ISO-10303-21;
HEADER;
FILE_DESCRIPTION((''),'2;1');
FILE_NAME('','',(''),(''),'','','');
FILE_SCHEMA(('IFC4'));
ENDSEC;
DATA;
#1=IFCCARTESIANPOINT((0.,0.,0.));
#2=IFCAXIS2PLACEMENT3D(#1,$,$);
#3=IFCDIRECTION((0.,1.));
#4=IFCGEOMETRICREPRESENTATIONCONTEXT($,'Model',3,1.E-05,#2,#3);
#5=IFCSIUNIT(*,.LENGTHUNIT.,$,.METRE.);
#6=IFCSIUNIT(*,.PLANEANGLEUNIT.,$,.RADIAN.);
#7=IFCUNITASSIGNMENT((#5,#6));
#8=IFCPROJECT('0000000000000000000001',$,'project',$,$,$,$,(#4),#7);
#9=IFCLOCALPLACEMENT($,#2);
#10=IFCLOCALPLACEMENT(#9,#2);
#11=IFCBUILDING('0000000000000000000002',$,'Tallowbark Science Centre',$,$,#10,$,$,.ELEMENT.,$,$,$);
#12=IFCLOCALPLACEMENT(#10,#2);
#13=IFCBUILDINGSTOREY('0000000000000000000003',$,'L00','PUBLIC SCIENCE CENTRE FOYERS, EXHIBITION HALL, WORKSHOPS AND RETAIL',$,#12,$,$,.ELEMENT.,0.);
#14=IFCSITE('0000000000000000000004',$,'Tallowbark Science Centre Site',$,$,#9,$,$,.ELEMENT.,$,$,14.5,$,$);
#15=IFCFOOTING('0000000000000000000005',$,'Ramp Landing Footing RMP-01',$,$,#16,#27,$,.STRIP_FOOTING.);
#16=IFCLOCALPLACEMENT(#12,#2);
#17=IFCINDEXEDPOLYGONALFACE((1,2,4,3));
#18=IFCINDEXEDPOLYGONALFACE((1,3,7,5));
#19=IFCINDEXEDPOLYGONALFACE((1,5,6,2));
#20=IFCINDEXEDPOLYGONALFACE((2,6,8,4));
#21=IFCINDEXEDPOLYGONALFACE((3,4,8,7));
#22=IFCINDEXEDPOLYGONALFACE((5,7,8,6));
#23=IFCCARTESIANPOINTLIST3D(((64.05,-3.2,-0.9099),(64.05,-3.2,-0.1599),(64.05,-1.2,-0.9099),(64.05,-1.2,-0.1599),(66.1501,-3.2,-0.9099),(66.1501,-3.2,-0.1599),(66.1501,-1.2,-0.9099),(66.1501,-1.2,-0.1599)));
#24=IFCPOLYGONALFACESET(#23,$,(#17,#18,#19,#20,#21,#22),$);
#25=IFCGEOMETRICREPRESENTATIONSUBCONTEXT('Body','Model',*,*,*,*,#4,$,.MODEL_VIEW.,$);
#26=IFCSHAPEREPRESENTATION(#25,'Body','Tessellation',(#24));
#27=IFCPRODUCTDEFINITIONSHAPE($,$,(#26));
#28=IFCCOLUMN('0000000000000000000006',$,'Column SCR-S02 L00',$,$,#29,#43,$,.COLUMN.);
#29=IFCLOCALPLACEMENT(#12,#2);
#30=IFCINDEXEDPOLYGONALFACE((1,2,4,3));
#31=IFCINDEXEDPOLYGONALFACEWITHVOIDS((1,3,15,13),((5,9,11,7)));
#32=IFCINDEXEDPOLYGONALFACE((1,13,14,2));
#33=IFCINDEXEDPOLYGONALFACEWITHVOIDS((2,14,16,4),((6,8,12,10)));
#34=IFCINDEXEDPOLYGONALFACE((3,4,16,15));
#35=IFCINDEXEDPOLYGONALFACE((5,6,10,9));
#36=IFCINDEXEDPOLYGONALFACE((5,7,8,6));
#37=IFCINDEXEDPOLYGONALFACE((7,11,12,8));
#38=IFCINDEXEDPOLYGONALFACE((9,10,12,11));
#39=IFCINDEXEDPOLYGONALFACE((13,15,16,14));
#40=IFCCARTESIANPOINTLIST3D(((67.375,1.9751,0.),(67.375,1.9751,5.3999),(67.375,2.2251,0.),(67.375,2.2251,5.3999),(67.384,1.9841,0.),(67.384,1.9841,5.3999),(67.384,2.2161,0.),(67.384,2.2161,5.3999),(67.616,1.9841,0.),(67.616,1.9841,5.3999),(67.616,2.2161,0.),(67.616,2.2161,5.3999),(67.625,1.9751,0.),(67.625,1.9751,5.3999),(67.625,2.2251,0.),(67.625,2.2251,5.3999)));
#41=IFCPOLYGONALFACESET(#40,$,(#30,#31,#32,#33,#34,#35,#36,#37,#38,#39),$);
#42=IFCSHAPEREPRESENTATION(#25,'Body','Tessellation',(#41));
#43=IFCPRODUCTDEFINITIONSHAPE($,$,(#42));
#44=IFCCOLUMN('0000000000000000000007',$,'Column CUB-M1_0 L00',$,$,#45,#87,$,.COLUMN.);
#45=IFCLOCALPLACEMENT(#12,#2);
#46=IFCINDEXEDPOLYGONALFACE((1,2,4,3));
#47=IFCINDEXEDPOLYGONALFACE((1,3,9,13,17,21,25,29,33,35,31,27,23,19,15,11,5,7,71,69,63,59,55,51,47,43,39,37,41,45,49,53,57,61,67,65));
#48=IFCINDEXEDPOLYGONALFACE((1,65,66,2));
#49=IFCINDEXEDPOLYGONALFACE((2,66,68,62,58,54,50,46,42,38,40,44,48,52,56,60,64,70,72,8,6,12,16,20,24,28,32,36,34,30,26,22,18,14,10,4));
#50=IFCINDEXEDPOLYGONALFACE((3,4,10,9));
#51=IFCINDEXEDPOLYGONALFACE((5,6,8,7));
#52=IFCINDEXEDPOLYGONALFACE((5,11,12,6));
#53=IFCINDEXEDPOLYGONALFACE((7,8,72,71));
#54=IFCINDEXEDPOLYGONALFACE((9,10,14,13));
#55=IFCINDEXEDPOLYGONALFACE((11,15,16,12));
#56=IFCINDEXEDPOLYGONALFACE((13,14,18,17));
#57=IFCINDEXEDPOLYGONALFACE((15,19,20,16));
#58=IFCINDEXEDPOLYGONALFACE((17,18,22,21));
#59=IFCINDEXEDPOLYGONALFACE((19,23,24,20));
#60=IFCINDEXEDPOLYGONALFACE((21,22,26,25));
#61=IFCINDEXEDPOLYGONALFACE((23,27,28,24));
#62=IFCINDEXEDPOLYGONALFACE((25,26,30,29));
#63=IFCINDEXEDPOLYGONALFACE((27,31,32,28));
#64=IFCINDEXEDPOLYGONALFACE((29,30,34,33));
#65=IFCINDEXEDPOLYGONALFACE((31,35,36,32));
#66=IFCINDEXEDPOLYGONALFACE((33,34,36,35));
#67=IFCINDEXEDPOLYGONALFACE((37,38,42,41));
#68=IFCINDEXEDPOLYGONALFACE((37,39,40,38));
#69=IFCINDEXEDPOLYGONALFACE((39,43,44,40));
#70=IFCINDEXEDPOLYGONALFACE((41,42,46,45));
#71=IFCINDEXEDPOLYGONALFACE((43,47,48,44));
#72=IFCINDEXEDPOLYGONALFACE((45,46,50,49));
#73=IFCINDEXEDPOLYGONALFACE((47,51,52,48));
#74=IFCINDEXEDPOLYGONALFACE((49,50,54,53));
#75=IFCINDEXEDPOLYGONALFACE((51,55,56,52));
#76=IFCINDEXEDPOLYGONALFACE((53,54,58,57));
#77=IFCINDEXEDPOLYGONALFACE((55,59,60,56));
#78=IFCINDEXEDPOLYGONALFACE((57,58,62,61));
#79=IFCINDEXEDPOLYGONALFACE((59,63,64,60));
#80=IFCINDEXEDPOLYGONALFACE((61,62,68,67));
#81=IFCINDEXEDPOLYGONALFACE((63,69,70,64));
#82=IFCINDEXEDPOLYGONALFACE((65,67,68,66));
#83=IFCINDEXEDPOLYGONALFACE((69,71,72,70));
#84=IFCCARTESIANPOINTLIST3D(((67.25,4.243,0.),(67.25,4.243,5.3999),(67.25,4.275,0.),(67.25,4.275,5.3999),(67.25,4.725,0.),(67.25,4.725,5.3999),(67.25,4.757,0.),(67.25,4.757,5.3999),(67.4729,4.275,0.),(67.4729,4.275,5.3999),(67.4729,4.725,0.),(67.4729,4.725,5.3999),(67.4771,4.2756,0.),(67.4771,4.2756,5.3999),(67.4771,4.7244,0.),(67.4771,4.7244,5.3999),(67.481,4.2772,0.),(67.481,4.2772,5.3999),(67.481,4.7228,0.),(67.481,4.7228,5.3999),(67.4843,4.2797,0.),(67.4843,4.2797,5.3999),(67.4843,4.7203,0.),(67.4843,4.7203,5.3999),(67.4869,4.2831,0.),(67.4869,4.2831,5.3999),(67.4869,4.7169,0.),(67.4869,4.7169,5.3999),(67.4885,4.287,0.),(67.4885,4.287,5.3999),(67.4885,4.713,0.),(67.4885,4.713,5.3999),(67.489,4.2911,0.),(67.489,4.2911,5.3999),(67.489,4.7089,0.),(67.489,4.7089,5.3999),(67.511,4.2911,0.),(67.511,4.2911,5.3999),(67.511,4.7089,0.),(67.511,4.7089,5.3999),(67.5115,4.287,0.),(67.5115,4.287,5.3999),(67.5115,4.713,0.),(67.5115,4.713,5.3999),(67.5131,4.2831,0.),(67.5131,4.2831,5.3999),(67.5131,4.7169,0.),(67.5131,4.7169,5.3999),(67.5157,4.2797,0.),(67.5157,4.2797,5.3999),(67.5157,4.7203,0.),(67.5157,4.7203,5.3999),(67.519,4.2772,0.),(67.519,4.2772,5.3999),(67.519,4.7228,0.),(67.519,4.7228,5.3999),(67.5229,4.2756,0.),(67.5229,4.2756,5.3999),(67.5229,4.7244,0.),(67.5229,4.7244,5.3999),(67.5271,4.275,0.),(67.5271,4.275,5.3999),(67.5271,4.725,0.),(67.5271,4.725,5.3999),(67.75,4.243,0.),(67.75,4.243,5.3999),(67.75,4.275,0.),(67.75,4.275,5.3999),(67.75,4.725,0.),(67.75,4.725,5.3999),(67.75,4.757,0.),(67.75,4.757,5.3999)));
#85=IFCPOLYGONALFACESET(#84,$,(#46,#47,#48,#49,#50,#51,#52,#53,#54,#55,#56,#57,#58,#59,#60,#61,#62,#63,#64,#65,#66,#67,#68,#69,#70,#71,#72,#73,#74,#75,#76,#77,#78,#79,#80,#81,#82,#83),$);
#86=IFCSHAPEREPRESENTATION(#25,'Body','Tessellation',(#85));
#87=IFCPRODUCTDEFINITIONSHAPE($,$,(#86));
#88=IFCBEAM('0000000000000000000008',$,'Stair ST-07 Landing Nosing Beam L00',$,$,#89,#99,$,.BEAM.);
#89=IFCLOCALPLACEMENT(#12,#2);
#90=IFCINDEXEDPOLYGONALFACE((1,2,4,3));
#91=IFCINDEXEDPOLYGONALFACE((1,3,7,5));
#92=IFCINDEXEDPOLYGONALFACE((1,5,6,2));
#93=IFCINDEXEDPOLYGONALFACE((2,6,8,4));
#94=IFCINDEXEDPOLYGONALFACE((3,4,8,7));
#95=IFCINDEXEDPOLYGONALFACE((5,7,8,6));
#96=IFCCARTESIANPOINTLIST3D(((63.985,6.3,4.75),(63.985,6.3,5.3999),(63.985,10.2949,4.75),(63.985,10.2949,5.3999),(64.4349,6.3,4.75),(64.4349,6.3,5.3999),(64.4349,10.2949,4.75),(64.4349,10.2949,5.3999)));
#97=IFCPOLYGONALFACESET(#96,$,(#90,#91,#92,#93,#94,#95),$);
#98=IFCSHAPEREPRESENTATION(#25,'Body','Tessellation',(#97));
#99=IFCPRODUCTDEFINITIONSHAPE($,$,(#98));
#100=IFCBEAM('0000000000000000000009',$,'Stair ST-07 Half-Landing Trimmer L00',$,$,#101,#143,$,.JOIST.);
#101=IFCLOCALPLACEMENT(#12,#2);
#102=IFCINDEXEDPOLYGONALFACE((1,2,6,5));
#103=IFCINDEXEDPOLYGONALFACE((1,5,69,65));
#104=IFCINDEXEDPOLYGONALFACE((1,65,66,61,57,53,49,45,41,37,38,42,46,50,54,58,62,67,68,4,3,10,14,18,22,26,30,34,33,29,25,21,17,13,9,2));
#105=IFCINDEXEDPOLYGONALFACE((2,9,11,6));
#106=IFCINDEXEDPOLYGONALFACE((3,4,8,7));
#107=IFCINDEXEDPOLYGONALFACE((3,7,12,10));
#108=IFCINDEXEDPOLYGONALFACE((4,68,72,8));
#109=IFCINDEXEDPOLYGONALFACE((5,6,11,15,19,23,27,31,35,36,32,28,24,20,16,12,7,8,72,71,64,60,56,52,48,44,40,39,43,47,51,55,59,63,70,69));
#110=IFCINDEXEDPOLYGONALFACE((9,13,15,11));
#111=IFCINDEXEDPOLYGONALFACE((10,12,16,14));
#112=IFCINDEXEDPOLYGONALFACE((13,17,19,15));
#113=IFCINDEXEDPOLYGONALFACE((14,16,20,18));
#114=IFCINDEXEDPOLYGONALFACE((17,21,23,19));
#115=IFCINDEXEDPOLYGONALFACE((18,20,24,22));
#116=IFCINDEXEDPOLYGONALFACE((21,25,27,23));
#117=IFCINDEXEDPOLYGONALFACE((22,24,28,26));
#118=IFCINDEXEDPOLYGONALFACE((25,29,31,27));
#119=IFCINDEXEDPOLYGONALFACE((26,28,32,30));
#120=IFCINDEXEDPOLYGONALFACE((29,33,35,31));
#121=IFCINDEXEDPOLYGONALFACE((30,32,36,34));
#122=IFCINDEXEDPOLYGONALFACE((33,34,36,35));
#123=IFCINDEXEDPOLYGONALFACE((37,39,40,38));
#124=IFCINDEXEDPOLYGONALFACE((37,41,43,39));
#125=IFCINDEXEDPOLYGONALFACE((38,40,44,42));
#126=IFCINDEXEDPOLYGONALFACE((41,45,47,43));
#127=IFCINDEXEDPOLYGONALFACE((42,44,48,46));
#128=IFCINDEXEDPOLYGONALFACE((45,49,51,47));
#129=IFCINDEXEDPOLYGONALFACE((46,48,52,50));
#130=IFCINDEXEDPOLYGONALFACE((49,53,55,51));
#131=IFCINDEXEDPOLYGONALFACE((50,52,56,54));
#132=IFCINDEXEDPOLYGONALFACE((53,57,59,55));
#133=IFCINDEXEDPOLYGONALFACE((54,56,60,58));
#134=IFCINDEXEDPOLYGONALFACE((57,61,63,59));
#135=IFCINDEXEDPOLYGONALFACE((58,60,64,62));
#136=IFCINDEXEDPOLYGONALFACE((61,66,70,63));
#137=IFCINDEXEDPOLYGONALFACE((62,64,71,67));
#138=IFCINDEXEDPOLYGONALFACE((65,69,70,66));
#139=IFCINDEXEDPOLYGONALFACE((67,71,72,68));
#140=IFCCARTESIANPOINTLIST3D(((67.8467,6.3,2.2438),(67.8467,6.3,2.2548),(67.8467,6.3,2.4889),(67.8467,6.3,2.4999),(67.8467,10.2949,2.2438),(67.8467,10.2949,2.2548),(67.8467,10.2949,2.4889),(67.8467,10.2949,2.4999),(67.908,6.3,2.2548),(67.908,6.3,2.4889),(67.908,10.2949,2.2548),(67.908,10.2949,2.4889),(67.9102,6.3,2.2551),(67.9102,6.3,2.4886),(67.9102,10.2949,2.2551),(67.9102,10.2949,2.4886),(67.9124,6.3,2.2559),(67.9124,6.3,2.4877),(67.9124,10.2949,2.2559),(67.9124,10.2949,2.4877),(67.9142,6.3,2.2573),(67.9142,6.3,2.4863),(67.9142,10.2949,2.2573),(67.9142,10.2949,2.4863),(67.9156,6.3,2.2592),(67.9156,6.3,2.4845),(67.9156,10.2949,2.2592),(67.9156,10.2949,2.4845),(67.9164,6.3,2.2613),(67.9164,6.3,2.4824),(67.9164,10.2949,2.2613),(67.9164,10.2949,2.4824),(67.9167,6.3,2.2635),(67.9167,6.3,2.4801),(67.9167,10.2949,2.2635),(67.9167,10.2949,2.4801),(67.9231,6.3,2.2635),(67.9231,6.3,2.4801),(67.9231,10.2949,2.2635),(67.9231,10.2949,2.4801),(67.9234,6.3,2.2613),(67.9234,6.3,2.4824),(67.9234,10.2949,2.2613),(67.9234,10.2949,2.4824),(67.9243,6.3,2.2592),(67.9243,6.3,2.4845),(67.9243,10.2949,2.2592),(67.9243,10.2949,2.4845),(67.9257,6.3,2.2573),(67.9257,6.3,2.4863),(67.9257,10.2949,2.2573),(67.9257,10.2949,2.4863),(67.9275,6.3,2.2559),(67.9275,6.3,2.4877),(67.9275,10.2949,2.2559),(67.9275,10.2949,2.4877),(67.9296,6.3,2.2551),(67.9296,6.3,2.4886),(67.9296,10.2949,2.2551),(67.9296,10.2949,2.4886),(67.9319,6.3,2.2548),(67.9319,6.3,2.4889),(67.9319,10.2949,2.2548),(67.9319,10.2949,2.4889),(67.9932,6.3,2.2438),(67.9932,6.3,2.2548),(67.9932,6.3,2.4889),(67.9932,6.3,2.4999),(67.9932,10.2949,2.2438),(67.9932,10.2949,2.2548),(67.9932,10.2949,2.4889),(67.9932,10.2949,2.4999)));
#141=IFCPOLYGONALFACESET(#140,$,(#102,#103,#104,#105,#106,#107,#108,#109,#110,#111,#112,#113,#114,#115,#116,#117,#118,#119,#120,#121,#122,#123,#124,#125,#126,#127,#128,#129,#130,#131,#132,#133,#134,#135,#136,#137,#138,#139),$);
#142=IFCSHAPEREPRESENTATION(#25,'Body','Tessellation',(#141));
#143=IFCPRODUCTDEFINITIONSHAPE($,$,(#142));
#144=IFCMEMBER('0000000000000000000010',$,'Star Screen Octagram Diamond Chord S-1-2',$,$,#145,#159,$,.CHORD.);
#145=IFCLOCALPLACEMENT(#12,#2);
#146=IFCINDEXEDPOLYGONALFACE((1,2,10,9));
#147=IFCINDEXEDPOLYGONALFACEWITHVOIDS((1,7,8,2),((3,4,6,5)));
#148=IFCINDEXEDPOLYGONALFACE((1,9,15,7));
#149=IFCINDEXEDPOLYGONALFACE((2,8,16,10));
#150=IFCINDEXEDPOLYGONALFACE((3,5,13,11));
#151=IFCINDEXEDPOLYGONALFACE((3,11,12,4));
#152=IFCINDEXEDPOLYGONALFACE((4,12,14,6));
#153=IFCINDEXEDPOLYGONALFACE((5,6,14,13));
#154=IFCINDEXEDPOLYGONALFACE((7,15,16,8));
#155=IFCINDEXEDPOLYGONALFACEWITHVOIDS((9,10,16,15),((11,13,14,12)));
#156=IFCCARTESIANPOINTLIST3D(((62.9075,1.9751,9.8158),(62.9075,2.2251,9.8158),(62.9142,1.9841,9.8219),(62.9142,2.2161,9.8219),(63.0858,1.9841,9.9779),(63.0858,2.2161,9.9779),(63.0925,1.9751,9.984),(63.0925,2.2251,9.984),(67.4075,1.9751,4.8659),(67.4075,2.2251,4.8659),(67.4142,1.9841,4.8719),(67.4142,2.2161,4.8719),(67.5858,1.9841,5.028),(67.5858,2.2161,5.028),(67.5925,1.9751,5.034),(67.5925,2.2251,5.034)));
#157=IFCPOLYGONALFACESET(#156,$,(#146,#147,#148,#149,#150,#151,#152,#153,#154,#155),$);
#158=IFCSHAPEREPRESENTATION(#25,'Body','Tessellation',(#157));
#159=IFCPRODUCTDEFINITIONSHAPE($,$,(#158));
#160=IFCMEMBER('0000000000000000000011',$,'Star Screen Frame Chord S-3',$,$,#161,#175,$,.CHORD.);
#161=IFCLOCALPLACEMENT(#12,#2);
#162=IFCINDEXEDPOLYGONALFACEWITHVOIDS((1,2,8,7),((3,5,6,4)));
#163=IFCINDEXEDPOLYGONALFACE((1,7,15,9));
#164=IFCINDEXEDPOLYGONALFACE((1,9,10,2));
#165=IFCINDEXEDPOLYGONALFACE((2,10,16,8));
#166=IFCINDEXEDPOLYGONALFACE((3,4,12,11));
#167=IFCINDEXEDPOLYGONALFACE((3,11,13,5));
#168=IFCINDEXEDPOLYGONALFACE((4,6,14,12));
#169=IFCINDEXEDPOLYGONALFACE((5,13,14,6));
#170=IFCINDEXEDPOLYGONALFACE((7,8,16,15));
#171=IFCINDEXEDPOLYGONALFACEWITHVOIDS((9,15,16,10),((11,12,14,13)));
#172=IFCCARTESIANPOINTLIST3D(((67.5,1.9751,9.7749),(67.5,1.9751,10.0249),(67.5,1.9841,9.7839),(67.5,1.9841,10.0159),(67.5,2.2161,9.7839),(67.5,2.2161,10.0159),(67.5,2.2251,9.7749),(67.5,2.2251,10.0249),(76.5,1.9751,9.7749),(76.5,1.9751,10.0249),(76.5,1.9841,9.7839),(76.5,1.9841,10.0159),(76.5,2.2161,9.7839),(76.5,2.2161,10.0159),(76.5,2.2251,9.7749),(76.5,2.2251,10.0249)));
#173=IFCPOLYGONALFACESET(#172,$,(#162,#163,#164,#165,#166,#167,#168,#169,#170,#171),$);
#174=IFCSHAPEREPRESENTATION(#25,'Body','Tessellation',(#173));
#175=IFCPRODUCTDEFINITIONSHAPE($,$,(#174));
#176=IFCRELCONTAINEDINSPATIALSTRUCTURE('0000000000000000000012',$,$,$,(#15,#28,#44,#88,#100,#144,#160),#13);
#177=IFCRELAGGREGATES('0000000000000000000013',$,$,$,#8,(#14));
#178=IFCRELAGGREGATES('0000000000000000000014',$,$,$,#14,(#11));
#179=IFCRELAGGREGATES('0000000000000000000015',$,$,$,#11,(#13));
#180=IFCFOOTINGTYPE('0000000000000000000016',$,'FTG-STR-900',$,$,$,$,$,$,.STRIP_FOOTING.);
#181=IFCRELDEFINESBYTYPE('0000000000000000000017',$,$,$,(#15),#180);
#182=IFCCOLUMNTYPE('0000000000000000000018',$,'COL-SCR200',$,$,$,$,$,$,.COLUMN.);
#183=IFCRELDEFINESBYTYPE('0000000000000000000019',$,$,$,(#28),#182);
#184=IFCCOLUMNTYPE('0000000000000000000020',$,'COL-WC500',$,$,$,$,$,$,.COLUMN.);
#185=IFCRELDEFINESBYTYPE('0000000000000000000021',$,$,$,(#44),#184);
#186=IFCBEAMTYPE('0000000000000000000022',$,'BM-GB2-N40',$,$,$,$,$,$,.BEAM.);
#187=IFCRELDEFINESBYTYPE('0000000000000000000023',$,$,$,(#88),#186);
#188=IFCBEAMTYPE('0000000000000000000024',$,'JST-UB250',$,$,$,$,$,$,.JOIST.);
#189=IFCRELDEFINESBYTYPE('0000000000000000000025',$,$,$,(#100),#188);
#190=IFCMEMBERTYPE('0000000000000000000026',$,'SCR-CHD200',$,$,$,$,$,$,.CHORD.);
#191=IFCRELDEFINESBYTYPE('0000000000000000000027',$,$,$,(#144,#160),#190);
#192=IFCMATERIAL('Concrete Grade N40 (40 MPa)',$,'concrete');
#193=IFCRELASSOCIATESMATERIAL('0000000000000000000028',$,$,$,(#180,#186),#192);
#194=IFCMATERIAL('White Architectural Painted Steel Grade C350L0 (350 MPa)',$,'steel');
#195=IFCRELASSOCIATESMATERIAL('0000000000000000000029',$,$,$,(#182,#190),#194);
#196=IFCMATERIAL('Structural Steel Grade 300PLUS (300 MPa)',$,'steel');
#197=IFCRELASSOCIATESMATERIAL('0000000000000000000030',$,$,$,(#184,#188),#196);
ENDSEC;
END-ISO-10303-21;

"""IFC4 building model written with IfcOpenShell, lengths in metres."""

from ifc_helpers import new_model, si_unit, direction, frame, origin, origin_2d, place, context, subcontext, project, spatial, rectangle, hollow_rectangle, i_section, extrude, material, material_profile, profile_set, type_object, element, save


model = new_model("IFC4")

# Units and contexts
model_context = context("Model", 3, precision=1e-05, world=origin(), true_north=direction((0.0, 1.0)))
body_context = subcontext(model_context, "Body", "Model", "MODEL_VIEW")
ifc_project = project(units=[si_unit("LENGTHUNIT", "METRE"), si_unit("PLANEANGLEUNIT", "RADIAN")], contexts=[model_context])

# Site, building, storey
site_placement = place(None, origin())
site = spatial("IfcSite", under=ifc_project, at=site_placement, Name="Tallowbark Science Centre Site", CompositionType="ELEMENT", RefElevation=14.5)
building_placement = place(site_placement, origin())
building = spatial("IfcBuilding", under=site, at=building_placement, Name="Tallowbark Science Centre", CompositionType="ELEMENT")
storey_placement = place(building_placement, origin())
storey = spatial("IfcBuildingStorey", under=building, at=storey_placement, Name="L00", Description="PUBLIC SCIENCE CENTRE FOYERS, EXHIBITION HALL, WORKSHOPS AND RETAIL", CompositionType="ELEMENT", Elevation=0.0)

# Footing
ifc_material_1 = material(Name="Concrete Grade N40 (40 MPa)", Category="concrete")
footing_type = type_object("IfcFootingType", Name="FTG-STR-900", PredefinedType="STRIP_FOOTING", material=ifc_material_1)
footing_placement = place(storey_placement, frame((65.1001, -2.2, -0.9099), z_axis=(0.0, 0.0, 1.0), x_axis=(1.0, 0.0, 0.0)))
element("IfcFooting", 1, at=footing_placement, inside=storey, type_object=footing_type, Name="Ramp Landing Footing RMP-01", PredefinedType="STRIP_FOOTING", context=body_context, shape_type="SweptSolid", body=[
    extrude(rectangle(XDim=2.1001, YDim=2.0, at=origin_2d()), origin(), (0.0, 0.0, 1.0), 0.75),
])

# Columns
ifc_material_2 = material(Name="White Architectural Painted Steel Grade C350L0 (350 MPa)", Category="steel")
ifc_material_profile_1 = material_profile(ifc_material_2, hollow_rectangle(XDim=0.25, YDim=0.25, WallThickness=0.009, at=origin_2d()), Name="250x250x9.0SHS")
ifc_profile_set_1 = profile_set([ifc_material_profile_1], Name="White Architectural Painted Steel Grade C350L0 (350 MPa)")
column_type_1 = type_object("IfcColumnType", Name="COL-SCR200", PredefinedType="COLUMN", material=ifc_profile_set_1)
column_1_placement = place(storey_placement, frame((67.5, 2.1001, 0.0), z_axis=(0.0, 0.0, 1.0), x_axis=(1.0, 0.0, 0.0)))
element("IfcColumn", 2, at=column_1_placement, inside=storey, type_object=column_type_1, Name="Column SCR-S02 L00", PredefinedType="COLUMN", context=body_context, shape_type="SweptSolid", body=[
    extrude(hollow_rectangle(XDim=0.25, YDim=0.25, WallThickness=0.009, at=origin_2d()), origin(), (0.0, 0.0, 1.0), 5.3999),
])
ifc_material_3 = material(Name="Structural Steel Grade 300PLUS (300 MPa)", Category="steel")
ifc_material_profile_2 = material_profile(ifc_material_3, i_section(OverallWidth=0.5, OverallDepth=0.5139, WebThickness=0.022, FlangeThickness=0.032, FilletRadius=0.0161, at=origin_2d()), Name="500WC340")
ifc_profile_set_2 = profile_set([ifc_material_profile_2], Name="Structural Steel Grade 300PLUS (300 MPa)")
column_type_2 = type_object("IfcColumnType", Name="COL-WC500", PredefinedType="COLUMN", material=ifc_profile_set_2)
column_2_placement = place(storey_placement, frame((67.5, 4.5, 0.0), z_axis=(0.0, 0.0, 1.0), x_axis=(1.0, 0.0, 0.0)))
element("IfcColumn", 3, at=column_2_placement, inside=storey, type_object=column_type_2, Name="Column CUB-M1_0 L00", PredefinedType="COLUMN", context=body_context, shape_type="SweptSolid", body=[
    extrude(i_section(OverallWidth=0.5, OverallDepth=0.5139, WebThickness=0.022, FlangeThickness=0.032, FilletRadius=0.0161, at=origin_2d()), origin(), (0.0, 0.0, 1.0), 5.3999),
])

# Beams
ifc_material_profile_3 = material_profile(ifc_material_1, rectangle(XDim=0.45, YDim=0.6499, at=origin_2d()), Name="RC450x650")
ifc_profile_set_3 = profile_set([ifc_material_profile_3], Name="Concrete Grade N40 (40 MPa)")
beam_type_1 = type_object("IfcBeamType", Name="BM-GB2-N40", PredefinedType="BEAM", material=ifc_profile_set_3)
beam_1_placement = place(storey_placement, frame((64.21, 6.3, 5.075), z_axis=(0.0, 1.0, 0.0), x_axis=(-1.0, 0.0, 0.0)))
element("IfcBeam", 4, at=beam_1_placement, inside=storey, type_object=beam_type_1, Name="Stair ST-07 Landing Nosing Beam L00", PredefinedType="BEAM", context=body_context, shape_type="SweptSolid", body=[
    extrude(rectangle(XDim=0.45, YDim=0.6499, at=origin_2d()), origin(), (0.0, 0.0, 1.0), 3.9949),
])
ifc_material_profile_4 = material_profile(ifc_material_3, i_section(OverallWidth=0.1465, OverallDepth=0.2561, WebThickness=0.0063, FlangeThickness=0.011, FilletRadius=0.0088, at=origin_2d()), Name="250UB37.3")
ifc_profile_set_4 = profile_set([ifc_material_profile_4], Name="Structural Steel Grade 300PLUS (300 MPa)")
beam_type_2 = type_object("IfcBeamType", Name="JST-UB250", PredefinedType="JOIST", material=ifc_profile_set_4)
beam_2_placement = place(storey_placement, frame((67.9199, 6.3, 2.3718), z_axis=(0.0, 1.0, 0.0), x_axis=(-1.0, 0.0, 0.0)))
element("IfcBeam", 5, at=beam_2_placement, inside=storey, type_object=beam_type_2, Name="Stair ST-07 Half-Landing Trimmer L00", PredefinedType="JOIST", context=body_context, shape_type="SweptSolid", body=[
    extrude(i_section(OverallWidth=0.1465, OverallDepth=0.2561, WebThickness=0.0063, FlangeThickness=0.011, FilletRadius=0.0088, at=origin_2d()), origin(), (0.0, 0.0, 1.0), 3.9949),
])

# Members
ifc_material_profile_5 = material_profile(ifc_material_2, hollow_rectangle(XDim=0.25, YDim=0.25, WallThickness=0.009, at=origin_2d()), Name="250x250x9.0SHS")
ifc_profile_set_5 = profile_set([ifc_material_profile_5], Name="White Architectural Painted Steel Grade C350L0 (350 MPa)")
member_type_1 = type_object("IfcMemberType", Name="SCR-CHD200", PredefinedType="CHORD", material=ifc_profile_set_5)
member_1_placement = place(storey_placement, frame((67.5, 2.1001, 4.95), z_axis=(-0.672676, 0.0, 0.739937), x_axis=(0.0, -1.0, 0.0)))
element("IfcMember", 6, at=member_1_placement, inside=storey, type_object=member_type_1, Name="Star Screen Octagram Diamond Chord S-1-2", PredefinedType="CHORD", context=body_context, shape_type="SweptSolid", body=[
    extrude(hollow_rectangle(XDim=0.25, YDim=0.25, WallThickness=0.009, at=origin_2d()), origin(), (0.0, 0.0, 1.0), 6.6897),
])
member_2_placement = place(storey_placement, frame((67.5, 2.1001, 9.8999), z_axis=(1.0, 0.0, 0.0), x_axis=(0.0, 1.0, 0.0)))
element("IfcMember", 7, at=member_2_placement, inside=storey, type_object=member_type_1, Name="Star Screen Frame Chord S-3", PredefinedType="CHORD", context=body_context, shape_type="SweptSolid", body=[
    extrude(hollow_rectangle(XDim=0.25, YDim=0.25, WallThickness=0.009, at=origin_2d()), origin(), (0.0, 0.0, 1.0), 9.0),
])

save(model, "model.ifc")
